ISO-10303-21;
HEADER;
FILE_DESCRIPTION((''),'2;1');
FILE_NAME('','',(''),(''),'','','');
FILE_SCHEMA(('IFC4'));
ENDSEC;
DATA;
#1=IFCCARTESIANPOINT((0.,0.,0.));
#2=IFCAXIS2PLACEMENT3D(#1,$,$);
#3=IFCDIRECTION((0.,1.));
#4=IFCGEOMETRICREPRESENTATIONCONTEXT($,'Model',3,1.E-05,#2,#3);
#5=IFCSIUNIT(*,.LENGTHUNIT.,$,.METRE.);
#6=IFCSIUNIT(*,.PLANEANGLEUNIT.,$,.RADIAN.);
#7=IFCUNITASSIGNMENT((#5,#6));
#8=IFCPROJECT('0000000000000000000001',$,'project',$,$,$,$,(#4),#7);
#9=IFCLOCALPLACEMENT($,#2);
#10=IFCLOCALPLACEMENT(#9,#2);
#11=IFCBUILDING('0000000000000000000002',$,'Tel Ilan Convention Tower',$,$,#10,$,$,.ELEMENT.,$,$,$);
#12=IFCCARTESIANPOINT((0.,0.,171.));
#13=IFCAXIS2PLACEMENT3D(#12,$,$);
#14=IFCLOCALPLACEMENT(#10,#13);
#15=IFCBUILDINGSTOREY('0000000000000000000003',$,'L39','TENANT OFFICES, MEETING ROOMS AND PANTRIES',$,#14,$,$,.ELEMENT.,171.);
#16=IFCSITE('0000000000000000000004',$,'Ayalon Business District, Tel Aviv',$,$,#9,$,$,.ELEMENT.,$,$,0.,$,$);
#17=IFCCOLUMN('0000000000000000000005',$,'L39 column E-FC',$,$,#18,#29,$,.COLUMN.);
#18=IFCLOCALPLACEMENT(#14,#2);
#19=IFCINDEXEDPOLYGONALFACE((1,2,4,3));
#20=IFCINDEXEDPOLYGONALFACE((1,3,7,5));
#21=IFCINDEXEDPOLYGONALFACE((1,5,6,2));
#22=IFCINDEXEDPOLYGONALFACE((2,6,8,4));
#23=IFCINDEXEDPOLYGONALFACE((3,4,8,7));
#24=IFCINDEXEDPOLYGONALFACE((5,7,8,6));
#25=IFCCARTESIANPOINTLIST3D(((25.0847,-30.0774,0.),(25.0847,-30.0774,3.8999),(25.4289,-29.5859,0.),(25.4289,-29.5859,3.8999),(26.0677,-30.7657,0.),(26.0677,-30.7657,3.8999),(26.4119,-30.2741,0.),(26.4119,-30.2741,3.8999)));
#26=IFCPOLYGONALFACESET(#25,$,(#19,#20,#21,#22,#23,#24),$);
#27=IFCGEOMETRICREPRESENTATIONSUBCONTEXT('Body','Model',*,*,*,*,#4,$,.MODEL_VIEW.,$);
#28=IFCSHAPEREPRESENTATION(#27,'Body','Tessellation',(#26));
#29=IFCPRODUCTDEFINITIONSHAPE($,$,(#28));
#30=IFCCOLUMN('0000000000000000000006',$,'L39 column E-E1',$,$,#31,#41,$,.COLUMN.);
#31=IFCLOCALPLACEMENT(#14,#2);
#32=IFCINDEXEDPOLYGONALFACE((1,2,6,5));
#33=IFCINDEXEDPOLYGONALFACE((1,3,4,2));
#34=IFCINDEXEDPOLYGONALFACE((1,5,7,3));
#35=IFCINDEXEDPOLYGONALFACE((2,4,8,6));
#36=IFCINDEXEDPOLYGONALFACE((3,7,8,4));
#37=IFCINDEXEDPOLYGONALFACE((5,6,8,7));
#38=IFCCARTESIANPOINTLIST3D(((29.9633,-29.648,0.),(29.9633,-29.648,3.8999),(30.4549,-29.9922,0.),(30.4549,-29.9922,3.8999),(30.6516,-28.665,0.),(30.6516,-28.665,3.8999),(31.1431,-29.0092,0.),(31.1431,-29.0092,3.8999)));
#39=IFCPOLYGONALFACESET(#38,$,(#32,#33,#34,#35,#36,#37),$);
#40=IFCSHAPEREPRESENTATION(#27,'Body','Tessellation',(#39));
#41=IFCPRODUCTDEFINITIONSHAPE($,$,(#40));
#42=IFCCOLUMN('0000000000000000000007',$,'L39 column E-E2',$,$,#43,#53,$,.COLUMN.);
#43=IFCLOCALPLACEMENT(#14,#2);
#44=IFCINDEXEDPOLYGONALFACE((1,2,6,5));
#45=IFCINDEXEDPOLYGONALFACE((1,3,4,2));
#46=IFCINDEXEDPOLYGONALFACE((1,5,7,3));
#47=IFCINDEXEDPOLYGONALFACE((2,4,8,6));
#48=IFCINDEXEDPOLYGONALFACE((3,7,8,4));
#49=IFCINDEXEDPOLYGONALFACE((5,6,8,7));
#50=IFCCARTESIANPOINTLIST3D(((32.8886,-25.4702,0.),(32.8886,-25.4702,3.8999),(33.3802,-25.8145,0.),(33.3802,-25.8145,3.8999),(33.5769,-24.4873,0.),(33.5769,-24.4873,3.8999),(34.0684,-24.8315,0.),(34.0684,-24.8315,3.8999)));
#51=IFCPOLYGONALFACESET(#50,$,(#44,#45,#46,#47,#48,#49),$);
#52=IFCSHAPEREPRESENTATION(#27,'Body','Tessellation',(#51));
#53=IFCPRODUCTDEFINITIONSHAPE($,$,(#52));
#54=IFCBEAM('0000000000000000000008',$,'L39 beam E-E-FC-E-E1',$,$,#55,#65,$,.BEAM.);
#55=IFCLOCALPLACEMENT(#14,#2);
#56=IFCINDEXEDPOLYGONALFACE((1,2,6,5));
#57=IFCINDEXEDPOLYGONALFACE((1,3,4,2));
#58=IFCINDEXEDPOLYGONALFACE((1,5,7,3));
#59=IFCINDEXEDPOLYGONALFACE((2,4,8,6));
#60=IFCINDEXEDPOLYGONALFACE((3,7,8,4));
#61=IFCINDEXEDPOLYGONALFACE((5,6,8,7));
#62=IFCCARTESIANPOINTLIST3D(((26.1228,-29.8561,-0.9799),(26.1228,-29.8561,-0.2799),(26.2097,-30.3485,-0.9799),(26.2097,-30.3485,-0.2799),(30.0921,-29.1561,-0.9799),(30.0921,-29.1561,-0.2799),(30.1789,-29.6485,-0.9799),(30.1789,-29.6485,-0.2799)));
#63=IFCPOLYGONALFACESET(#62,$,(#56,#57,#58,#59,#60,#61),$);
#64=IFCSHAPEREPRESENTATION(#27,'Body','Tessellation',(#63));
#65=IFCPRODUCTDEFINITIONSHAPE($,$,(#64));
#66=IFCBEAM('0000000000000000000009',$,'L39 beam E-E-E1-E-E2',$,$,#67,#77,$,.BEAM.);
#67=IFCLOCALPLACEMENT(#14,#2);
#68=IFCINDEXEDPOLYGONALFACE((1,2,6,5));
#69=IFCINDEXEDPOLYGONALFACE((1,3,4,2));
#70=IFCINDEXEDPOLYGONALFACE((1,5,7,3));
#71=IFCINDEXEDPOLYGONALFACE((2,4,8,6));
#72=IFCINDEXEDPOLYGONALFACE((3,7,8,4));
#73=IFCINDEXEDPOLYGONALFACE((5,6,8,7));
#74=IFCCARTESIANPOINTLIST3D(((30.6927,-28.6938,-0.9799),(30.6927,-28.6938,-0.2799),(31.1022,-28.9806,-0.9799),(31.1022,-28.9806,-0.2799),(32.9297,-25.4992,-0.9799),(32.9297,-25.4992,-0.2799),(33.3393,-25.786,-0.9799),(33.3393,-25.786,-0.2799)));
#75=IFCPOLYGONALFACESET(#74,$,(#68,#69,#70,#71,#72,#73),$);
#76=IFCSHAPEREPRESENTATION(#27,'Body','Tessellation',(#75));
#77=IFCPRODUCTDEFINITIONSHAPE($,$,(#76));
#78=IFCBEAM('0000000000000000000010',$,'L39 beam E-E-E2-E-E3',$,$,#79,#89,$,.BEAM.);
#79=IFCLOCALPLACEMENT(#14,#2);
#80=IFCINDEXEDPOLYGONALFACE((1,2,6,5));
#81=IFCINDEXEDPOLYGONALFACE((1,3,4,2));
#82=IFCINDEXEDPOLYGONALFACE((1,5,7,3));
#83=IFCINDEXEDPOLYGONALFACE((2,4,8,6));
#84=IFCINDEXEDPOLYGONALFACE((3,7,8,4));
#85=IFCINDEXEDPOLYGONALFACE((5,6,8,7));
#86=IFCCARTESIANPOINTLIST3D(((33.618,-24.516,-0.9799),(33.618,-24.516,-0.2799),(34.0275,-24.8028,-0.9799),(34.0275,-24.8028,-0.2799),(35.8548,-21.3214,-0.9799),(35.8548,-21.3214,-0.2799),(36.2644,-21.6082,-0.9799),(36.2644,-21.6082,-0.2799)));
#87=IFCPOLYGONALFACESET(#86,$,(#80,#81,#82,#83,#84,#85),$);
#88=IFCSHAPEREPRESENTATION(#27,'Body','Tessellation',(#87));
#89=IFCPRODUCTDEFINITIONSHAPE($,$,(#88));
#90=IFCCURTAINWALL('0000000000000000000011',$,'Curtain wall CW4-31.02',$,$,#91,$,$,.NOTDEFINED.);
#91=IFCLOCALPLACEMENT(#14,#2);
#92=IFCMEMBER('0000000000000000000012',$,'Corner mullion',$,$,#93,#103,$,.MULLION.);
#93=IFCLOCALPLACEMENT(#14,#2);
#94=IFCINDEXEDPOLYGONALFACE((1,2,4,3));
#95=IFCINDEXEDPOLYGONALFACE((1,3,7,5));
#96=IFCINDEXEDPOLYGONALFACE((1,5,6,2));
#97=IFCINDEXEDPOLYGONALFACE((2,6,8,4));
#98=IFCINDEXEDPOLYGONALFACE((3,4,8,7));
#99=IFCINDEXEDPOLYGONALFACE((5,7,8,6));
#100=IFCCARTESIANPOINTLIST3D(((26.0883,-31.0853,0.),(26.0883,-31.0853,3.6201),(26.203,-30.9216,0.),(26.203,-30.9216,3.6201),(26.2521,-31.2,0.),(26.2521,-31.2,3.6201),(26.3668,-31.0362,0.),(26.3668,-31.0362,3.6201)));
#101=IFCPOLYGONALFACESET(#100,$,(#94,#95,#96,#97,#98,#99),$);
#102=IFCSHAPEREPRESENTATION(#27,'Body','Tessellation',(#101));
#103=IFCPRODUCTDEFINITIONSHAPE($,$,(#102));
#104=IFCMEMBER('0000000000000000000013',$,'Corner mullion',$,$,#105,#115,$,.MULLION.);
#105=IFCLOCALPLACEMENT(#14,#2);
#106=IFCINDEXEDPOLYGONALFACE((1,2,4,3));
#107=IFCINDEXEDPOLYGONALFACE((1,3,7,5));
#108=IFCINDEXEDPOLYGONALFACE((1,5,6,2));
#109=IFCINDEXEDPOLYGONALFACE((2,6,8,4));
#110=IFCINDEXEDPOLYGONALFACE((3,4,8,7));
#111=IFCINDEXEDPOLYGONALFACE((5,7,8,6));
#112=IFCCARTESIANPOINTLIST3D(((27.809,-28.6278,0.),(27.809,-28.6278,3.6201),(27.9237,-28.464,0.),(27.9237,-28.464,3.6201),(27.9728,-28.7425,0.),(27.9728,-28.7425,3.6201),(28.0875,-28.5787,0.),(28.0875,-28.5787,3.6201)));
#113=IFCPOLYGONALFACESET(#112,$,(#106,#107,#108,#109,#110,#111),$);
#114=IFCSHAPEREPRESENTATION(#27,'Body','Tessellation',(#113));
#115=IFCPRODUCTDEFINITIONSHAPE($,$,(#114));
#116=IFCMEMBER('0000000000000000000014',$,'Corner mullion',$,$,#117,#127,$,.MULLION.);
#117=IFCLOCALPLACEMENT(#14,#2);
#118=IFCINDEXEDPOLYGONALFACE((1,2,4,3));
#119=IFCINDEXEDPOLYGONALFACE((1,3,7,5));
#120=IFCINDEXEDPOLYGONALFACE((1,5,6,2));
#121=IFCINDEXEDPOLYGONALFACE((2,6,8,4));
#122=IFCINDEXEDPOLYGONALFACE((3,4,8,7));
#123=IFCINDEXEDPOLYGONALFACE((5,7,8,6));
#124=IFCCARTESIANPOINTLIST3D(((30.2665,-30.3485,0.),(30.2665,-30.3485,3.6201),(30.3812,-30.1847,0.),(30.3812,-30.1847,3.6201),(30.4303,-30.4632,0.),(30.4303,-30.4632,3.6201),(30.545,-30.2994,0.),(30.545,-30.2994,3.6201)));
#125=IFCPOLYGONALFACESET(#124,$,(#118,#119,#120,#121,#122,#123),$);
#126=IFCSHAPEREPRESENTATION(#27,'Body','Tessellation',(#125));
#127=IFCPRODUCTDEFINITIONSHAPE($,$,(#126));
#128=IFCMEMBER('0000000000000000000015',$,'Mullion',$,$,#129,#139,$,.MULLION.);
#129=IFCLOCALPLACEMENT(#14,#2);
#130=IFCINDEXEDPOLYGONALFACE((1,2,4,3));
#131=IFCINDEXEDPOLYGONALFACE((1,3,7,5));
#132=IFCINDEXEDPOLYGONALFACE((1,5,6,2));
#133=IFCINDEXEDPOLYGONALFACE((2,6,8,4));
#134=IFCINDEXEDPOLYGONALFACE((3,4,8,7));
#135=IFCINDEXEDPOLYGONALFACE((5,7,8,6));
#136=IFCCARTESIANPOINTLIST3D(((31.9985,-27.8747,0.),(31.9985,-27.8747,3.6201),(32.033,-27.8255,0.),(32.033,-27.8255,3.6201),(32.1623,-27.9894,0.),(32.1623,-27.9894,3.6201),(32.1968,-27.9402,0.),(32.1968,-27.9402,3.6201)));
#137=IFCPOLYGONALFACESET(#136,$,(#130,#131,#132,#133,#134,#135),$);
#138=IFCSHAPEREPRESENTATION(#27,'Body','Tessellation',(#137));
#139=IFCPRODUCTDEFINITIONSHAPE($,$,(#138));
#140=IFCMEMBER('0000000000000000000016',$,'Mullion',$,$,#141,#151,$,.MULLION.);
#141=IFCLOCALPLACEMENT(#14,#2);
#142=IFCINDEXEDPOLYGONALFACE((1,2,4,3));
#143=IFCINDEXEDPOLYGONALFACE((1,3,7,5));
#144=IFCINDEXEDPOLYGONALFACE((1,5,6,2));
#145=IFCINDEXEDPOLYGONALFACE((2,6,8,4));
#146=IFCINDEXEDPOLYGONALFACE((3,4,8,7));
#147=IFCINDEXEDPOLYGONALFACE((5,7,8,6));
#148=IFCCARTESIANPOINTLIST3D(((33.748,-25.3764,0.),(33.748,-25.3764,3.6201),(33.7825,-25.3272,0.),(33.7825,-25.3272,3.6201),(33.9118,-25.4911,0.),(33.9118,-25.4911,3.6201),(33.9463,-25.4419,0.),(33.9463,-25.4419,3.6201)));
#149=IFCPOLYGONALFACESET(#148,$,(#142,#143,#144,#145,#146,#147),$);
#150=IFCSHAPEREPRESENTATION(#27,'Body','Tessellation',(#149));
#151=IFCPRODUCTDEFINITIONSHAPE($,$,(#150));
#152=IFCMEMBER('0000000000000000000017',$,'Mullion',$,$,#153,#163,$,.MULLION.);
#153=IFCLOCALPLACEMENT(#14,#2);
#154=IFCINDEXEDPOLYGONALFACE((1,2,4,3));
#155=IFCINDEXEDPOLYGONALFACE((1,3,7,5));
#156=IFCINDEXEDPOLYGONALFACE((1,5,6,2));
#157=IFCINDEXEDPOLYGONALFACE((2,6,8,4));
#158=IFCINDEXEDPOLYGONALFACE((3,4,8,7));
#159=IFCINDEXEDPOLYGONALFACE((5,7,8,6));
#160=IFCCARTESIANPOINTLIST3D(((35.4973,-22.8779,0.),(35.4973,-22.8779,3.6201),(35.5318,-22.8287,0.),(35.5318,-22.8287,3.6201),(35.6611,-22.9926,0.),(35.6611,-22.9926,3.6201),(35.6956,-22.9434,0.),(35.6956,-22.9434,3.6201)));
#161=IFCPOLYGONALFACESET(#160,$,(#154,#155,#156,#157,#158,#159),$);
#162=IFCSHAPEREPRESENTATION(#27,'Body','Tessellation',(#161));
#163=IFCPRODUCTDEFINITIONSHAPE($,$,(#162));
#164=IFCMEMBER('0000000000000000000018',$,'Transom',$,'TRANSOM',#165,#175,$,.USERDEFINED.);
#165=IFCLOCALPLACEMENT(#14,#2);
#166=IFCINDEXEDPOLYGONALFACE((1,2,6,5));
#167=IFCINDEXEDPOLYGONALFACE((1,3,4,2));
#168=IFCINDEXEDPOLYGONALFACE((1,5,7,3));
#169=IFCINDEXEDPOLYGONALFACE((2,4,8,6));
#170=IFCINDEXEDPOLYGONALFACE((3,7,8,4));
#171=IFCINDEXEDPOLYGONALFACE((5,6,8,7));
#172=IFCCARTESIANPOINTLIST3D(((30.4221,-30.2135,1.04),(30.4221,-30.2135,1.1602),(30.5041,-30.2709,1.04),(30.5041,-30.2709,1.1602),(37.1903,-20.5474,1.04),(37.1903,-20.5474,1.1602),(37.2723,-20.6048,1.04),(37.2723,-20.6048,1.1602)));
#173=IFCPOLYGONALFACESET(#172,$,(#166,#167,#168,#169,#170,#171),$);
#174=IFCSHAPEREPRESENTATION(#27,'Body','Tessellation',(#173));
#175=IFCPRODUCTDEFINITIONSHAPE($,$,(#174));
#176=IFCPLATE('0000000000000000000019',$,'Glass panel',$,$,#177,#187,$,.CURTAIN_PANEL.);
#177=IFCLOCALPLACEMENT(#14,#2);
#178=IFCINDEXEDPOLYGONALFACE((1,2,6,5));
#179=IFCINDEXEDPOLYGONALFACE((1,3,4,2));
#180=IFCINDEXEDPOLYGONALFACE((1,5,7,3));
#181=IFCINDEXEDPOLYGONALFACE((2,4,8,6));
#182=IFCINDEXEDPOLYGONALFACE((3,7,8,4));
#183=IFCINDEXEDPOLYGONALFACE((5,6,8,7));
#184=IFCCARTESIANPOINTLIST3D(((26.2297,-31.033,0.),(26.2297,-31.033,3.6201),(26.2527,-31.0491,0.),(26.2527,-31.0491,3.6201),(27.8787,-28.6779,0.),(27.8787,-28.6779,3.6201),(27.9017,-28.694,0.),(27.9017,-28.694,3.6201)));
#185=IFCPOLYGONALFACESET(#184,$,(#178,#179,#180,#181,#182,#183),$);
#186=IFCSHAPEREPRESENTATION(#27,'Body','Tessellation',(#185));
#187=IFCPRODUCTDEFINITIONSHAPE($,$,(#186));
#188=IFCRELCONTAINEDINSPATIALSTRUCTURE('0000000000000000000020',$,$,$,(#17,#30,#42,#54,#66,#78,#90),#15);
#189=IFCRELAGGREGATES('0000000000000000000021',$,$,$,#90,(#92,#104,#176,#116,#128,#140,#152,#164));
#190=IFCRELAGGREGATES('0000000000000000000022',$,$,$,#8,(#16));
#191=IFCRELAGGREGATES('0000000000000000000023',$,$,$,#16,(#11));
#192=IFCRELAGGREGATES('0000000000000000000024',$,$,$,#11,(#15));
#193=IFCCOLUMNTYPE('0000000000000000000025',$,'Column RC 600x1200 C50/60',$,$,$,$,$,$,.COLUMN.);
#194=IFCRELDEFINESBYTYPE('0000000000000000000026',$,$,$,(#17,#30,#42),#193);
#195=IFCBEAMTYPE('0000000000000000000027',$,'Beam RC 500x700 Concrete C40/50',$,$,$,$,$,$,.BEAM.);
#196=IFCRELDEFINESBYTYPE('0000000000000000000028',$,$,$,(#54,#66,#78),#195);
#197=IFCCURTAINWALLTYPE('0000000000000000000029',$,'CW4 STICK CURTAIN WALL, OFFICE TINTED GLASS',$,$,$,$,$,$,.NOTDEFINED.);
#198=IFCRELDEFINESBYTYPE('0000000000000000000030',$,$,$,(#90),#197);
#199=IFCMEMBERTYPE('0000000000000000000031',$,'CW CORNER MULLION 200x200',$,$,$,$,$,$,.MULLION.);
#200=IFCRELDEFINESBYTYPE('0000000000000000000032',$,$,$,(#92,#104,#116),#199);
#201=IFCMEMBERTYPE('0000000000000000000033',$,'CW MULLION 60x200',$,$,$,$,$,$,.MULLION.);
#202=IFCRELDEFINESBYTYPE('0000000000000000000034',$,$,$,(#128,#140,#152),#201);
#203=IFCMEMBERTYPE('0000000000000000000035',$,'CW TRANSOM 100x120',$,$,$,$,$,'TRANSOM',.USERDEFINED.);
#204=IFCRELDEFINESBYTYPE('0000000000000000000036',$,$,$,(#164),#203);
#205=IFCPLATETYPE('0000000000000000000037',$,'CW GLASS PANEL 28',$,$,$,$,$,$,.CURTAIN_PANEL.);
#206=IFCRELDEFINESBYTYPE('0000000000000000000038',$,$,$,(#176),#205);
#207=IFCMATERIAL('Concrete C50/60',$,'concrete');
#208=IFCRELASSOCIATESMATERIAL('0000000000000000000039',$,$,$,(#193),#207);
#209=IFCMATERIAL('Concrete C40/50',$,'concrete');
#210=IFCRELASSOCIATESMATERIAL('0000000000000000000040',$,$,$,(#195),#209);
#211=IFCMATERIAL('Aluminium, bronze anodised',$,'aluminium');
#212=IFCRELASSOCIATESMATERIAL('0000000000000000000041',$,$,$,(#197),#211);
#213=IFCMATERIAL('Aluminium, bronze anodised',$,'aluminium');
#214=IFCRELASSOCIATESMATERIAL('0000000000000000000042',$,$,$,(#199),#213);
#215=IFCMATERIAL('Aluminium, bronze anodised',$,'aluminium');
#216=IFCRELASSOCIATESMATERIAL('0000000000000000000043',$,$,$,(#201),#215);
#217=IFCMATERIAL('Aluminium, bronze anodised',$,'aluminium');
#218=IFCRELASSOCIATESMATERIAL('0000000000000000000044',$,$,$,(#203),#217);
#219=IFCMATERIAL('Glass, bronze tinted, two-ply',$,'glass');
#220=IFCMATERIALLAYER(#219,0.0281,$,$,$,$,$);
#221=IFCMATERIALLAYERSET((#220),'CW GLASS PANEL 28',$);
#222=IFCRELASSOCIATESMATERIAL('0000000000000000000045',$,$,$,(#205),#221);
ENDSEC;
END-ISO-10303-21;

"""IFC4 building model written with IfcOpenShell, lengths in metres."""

from ifc_helpers import new_model, si_unit, direction, frame, origin, origin_2d, place, context, subcontext, project, spatial, rectangle, extrude, material, layer, layer_set, material_profile, profile_set, type_object, element, aggregate, save


model = new_model("IFC4")

# Units and contexts
model_context = context("Model", 3, precision=1e-05, world=origin(), true_north=direction((0.0, 1.0)))
body_context = subcontext(model_context, "Body", "Model", "MODEL_VIEW")
ifc_project = project(units=[si_unit("LENGTHUNIT", "METRE"), si_unit("PLANEANGLEUNIT", "RADIAN")], contexts=[model_context])

# Site, building, storey
site_placement = place(None, origin())
site = spatial("IfcSite", under=ifc_project, at=site_placement, Name="Ayalon Business District, Tel Aviv", CompositionType="ELEMENT", RefElevation=0.0)
building_placement = place(site_placement, origin())
building = spatial("IfcBuilding", under=site, at=building_placement, Name="Tel Ilan Convention Tower", CompositionType="ELEMENT")
storey_placement = place(building_placement, frame((0.0, 0.0, 171.0)))
storey = spatial("IfcBuildingStorey", under=building, at=storey_placement, Name="L39", Description="TENANT OFFICES, MEETING ROOMS AND PANTRIES", CompositionType="ELEMENT", Elevation=171.0)

# Columns
ifc_material_1 = material(Name="Concrete C50/60", Category="concrete")
ifc_material_profile_1 = material_profile(ifc_material_1, rectangle(XDim=1.2, YDim=0.6001, at=origin_2d()), Name="RC 600x1200")
ifc_profile_set_1 = profile_set([ifc_material_profile_1], Name="Concrete C50/60")
column_type = type_object("IfcColumnType", Name="Column RC 600x1200 C50/60", PredefinedType="COLUMN", material=ifc_profile_set_1)
for number, where, z_axis, x_axis, name in (
    (1, (25.7483, -30.1758, 0.0), (0.0, 0.0, 1.0), (0.819152, -0.573576, 0.0), "L39 column E-FC"),
    (2, (30.5532, -29.3286, 0.0), (0.0, 0.0, 1.0), (0.573576, 0.819152, 0.0), "L39 column E-E1"),
    (3, (33.4785, -25.1509, 0.0), (0.0, 0.0, 1.0), (0.573576, 0.819152, 0.0), "L39 column E-E2"),
):
    element("IfcColumn", number, at=place(storey_placement, frame(where, z_axis=z_axis, x_axis=x_axis)), inside=storey, type_object=column_type, Name=name, PredefinedType="COLUMN", context=body_context, shape_type="SweptSolid", body=[
        extrude(rectangle(XDim=1.2, YDim=0.6001, at=origin_2d()), origin(), (0.0, 0.0, 1.0), 3.8999),
    ])

# Beams
ifc_material_2 = material(Name="Concrete C40/50", Category="concrete")
ifc_material_profile_2 = material_profile(ifc_material_2, rectangle(XDim=0.5, YDim=0.7, at=origin_2d()), Name="RC 500x700")
ifc_profile_set_2 = profile_set([ifc_material_profile_2], Name="Concrete C40/50")
beam_type = type_object("IfcBeamType", Name="Beam RC 500x700 Concrete C40/50", PredefinedType="BEAM", material=ifc_profile_set_2)
beam_placement = place(storey_placement, frame((26.1663, -30.1023, -0.6299), z_axis=(0.984805, 0.173664, 0.0), x_axis=(-0.173664, 0.984805, 0.0)))
element("IfcBeam", 4, at=beam_placement, inside=storey, type_object=beam_type, Name="L39 beam E-E-FC-E-E1", PredefinedType="BEAM", context=body_context, shape_type="SweptSolid", body=[
    extrude(rectangle(XDim=0.5, YDim=0.7, at=origin_2d()), origin(), (0.0, 0.0, 1.0), 4.0305),
])
for number, where, z_axis, x_axis, name in (
    (5, (30.8975, -28.8372, -0.6299), (0.573609, 0.819129, 0.0), (-0.819129, 0.573609, 0.0), "L39 beam E-E-E1-E-E2"),
    (6, (33.8228, -24.6594, -0.6299), (0.573567, 0.819158, 0.0), (-0.819158, 0.573567, 0.0), "L39 beam E-E-E2-E-E3"),
):
    element("IfcBeam", number, at=place(storey_placement, frame(where, z_axis=z_axis, x_axis=x_axis)), inside=storey, type_object=beam_type, Name=name, PredefinedType="BEAM", context=body_context, shape_type="SweptSolid", body=[
        extrude(rectangle(XDim=0.5, YDim=0.7, at=origin_2d()), origin(), (0.0, 0.0, 1.0), 3.8999),
    ])

# Curtain wall, members, plate
ifc_material_3 = material(Name="Aluminium, bronze anodised", Category="aluminium")
curtain_wall_type = type_object("IfcCurtainWallType", Name="CW4 STICK CURTAIN WALL, OFFICE TINTED GLASS", PredefinedType="NOTDEFINED", material=ifc_material_3)
curtain_wall_placement = place(storey_placement, origin())
curtain_wall = element("IfcCurtainWall", 7, at=curtain_wall_placement, inside=storey, type_object=curtain_wall_type, Name="Curtain wall CW4-31.02", PredefinedType="NOTDEFINED")
ifc_material_4 = material(Name="Aluminium, bronze anodised", Category="aluminium")
ifc_material_profile_3 = material_profile(ifc_material_4, rectangle(XDim=0.2, YDim=0.2, at=origin_2d()), Name="CW CORNER MULLION 200x200")
ifc_profile_set_3 = profile_set([ifc_material_profile_3], Name="Aluminium, bronze anodised")
member_type_1 = type_object("IfcMemberType", Name="CW CORNER MULLION 200x200", PredefinedType="MULLION", material=ifc_profile_set_3)
member_1_placement = place(storey_placement, frame((26.2275, -31.0608, 0.0), z_axis=(0.0, 0.0, 1.0), x_axis=(0.819152, -0.573576, 0.0)))
member_1 = element("IfcMember", 8, at=member_1_placement, type_object=member_type_1, Name="Corner mullion", PredefinedType="MULLION", context=body_context, shape_type="SweptSolid", body=[
    extrude(rectangle(XDim=0.2, YDim=0.2, at=origin_2d()), origin(), (0.0, 0.0, 1.0), 3.6201),
])
member_2_placement = place(storey_placement, frame((27.9482, -28.6033, 0.0), z_axis=(0.0, 0.0, 1.0), x_axis=(0.573576, 0.819152, 0.0)))
member_2 = element("IfcMember", 9, at=member_2_placement, type_object=member_type_1, Name="Corner mullion", PredefinedType="MULLION", context=body_context, shape_type="SweptSolid", body=[
    extrude(rectangle(XDim=0.2, YDim=0.2, at=origin_2d()), origin(), (0.0, 0.0, 1.0), 3.6201),
])
member_3_placement = place(storey_placement, frame((30.4058, -30.324, 0.0), z_axis=(0.0, 0.0, 1.0), x_axis=(0.819152, -0.573576, 0.0)))
member_3 = element("IfcMember", 10, at=member_3_placement, type_object=member_type_1, Name="Corner mullion", PredefinedType="MULLION", context=body_context, shape_type="SweptSolid", body=[
    extrude(rectangle(XDim=0.2, YDim=0.2, at=origin_2d()), origin(), (0.0, 0.0, 1.0), 3.6201),
])
ifc_material_5 = material(Name="Aluminium, bronze anodised", Category="aluminium")
ifc_material_profile_4 = material_profile(ifc_material_5, rectangle(XDim=0.0601, YDim=0.2, at=origin_2d()), Name="CW MULLION 60x200")
ifc_profile_set_4 = profile_set([ifc_material_profile_4], Name="Aluminium, bronze anodised")
member_type_2 = type_object("IfcMemberType", Name="CW MULLION 60x200", PredefinedType="MULLION", material=ifc_profile_set_4)
member_4_placement = place(storey_placement, frame((32.0977, -27.9075, 0.0), z_axis=(0.0, 0.0, 1.0), x_axis=(0.573576, 0.819152, 0.0)))
member_4 = element("IfcMember", 11, at=member_4_placement, type_object=member_type_2, Name="Mullion", PredefinedType="MULLION", context=body_context, shape_type="SweptSolid", body=[
    extrude(rectangle(XDim=0.0601, YDim=0.2, at=origin_2d()), origin(), (0.0, 0.0, 1.0), 3.6201),
])
member_5_placement = place(storey_placement, frame((33.8472, -25.4092, 0.0), z_axis=(0.0, 0.0, 1.0), x_axis=(0.573576, 0.819152, 0.0)))
member_5 = element("IfcMember", 12, at=member_5_placement, type_object=member_type_2, Name="Mullion", PredefinedType="MULLION", context=body_context, shape_type="SweptSolid", body=[
    extrude(rectangle(XDim=0.0601, YDim=0.2, at=origin_2d()), origin(), (0.0, 0.0, 1.0), 3.6201),
])
member_6_placement = place(storey_placement, frame((35.5964, -22.9106, 0.0), z_axis=(0.0, 0.0, 1.0), x_axis=(0.573576, 0.819152, 0.0)))
member_6 = element("IfcMember", 13, at=member_6_placement, type_object=member_type_2, Name="Mullion", PredefinedType="MULLION", context=body_context, shape_type="SweptSolid", body=[
    extrude(rectangle(XDim=0.0601, YDim=0.2, at=origin_2d()), origin(), (0.0, 0.0, 1.0), 3.6201),
])
ifc_material_6 = material(Name="Aluminium, bronze anodised", Category="aluminium")
ifc_material_profile_5 = material_profile(ifc_material_6, rectangle(XDim=0.1001, YDim=0.1201, at=origin_2d()), Name="CW TRANSOM 100x120")
ifc_profile_set_5 = profile_set([ifc_material_profile_5], Name="Aluminium, bronze anodised")
member_type_3 = type_object("IfcMemberType", Name="CW TRANSOM 100x120", ElementType="TRANSOM", PredefinedType="USERDEFINED", material=ifc_profile_set_5)
member_7_placement = place(storey_placement, frame((30.4631, -30.2422, 1.1001), z_axis=(0.573568, 0.819158, 0.0), x_axis=(-0.819158, 0.573568, 0.0)))
member_7 = element("IfcMember", 14, at=member_7_placement, type_object=member_type_3, Name="Transom", ObjectType="TRANSOM", PredefinedType="USERDEFINED", context=body_context, shape_type="SweptSolid", body=[
    extrude(rectangle(XDim=0.1001, YDim=0.1201, at=origin_2d()), origin(), (0.0, 0.0, 1.0), 11.8),
])
ifc_material_7 = material(Name="Glass, bronze tinted, two-ply", Category="glass")
ifc_layer_1 = layer(ifc_material_7, 0.0281)
ifc_layer_set_1 = layer_set([ifc_layer_1], Name="CW GLASS PANEL 28")
plate_type = type_object("IfcPlateType", Name="CW GLASS PANEL 28", PredefinedType="CURTAIN_PANEL", material=ifc_layer_set_1)
plate_1_placement = place(storey_placement, frame((27.0657, -29.8635, 0.0), z_axis=(0.0, 0.0, 1.0), x_axis=(0.573576, 0.819152, 0.0)))
plate_1 = element("IfcPlate", 15, at=plate_1_placement, type_object=plate_type, Name="Glass panel", PredefinedType="CURTAIN_PANEL", context=body_context, shape_type="SweptSolid", body=[
    extrude(rectangle(XDim=2.875, YDim=0.0281, at=origin_2d()), origin(), (0.0, 0.0, 1.0), 3.6201),
])
aggregate(curtain_wall, [member_1, member_2, plate_1, member_3, member_4, member_5, member_6, member_7])

save(model, "model.ifc")
